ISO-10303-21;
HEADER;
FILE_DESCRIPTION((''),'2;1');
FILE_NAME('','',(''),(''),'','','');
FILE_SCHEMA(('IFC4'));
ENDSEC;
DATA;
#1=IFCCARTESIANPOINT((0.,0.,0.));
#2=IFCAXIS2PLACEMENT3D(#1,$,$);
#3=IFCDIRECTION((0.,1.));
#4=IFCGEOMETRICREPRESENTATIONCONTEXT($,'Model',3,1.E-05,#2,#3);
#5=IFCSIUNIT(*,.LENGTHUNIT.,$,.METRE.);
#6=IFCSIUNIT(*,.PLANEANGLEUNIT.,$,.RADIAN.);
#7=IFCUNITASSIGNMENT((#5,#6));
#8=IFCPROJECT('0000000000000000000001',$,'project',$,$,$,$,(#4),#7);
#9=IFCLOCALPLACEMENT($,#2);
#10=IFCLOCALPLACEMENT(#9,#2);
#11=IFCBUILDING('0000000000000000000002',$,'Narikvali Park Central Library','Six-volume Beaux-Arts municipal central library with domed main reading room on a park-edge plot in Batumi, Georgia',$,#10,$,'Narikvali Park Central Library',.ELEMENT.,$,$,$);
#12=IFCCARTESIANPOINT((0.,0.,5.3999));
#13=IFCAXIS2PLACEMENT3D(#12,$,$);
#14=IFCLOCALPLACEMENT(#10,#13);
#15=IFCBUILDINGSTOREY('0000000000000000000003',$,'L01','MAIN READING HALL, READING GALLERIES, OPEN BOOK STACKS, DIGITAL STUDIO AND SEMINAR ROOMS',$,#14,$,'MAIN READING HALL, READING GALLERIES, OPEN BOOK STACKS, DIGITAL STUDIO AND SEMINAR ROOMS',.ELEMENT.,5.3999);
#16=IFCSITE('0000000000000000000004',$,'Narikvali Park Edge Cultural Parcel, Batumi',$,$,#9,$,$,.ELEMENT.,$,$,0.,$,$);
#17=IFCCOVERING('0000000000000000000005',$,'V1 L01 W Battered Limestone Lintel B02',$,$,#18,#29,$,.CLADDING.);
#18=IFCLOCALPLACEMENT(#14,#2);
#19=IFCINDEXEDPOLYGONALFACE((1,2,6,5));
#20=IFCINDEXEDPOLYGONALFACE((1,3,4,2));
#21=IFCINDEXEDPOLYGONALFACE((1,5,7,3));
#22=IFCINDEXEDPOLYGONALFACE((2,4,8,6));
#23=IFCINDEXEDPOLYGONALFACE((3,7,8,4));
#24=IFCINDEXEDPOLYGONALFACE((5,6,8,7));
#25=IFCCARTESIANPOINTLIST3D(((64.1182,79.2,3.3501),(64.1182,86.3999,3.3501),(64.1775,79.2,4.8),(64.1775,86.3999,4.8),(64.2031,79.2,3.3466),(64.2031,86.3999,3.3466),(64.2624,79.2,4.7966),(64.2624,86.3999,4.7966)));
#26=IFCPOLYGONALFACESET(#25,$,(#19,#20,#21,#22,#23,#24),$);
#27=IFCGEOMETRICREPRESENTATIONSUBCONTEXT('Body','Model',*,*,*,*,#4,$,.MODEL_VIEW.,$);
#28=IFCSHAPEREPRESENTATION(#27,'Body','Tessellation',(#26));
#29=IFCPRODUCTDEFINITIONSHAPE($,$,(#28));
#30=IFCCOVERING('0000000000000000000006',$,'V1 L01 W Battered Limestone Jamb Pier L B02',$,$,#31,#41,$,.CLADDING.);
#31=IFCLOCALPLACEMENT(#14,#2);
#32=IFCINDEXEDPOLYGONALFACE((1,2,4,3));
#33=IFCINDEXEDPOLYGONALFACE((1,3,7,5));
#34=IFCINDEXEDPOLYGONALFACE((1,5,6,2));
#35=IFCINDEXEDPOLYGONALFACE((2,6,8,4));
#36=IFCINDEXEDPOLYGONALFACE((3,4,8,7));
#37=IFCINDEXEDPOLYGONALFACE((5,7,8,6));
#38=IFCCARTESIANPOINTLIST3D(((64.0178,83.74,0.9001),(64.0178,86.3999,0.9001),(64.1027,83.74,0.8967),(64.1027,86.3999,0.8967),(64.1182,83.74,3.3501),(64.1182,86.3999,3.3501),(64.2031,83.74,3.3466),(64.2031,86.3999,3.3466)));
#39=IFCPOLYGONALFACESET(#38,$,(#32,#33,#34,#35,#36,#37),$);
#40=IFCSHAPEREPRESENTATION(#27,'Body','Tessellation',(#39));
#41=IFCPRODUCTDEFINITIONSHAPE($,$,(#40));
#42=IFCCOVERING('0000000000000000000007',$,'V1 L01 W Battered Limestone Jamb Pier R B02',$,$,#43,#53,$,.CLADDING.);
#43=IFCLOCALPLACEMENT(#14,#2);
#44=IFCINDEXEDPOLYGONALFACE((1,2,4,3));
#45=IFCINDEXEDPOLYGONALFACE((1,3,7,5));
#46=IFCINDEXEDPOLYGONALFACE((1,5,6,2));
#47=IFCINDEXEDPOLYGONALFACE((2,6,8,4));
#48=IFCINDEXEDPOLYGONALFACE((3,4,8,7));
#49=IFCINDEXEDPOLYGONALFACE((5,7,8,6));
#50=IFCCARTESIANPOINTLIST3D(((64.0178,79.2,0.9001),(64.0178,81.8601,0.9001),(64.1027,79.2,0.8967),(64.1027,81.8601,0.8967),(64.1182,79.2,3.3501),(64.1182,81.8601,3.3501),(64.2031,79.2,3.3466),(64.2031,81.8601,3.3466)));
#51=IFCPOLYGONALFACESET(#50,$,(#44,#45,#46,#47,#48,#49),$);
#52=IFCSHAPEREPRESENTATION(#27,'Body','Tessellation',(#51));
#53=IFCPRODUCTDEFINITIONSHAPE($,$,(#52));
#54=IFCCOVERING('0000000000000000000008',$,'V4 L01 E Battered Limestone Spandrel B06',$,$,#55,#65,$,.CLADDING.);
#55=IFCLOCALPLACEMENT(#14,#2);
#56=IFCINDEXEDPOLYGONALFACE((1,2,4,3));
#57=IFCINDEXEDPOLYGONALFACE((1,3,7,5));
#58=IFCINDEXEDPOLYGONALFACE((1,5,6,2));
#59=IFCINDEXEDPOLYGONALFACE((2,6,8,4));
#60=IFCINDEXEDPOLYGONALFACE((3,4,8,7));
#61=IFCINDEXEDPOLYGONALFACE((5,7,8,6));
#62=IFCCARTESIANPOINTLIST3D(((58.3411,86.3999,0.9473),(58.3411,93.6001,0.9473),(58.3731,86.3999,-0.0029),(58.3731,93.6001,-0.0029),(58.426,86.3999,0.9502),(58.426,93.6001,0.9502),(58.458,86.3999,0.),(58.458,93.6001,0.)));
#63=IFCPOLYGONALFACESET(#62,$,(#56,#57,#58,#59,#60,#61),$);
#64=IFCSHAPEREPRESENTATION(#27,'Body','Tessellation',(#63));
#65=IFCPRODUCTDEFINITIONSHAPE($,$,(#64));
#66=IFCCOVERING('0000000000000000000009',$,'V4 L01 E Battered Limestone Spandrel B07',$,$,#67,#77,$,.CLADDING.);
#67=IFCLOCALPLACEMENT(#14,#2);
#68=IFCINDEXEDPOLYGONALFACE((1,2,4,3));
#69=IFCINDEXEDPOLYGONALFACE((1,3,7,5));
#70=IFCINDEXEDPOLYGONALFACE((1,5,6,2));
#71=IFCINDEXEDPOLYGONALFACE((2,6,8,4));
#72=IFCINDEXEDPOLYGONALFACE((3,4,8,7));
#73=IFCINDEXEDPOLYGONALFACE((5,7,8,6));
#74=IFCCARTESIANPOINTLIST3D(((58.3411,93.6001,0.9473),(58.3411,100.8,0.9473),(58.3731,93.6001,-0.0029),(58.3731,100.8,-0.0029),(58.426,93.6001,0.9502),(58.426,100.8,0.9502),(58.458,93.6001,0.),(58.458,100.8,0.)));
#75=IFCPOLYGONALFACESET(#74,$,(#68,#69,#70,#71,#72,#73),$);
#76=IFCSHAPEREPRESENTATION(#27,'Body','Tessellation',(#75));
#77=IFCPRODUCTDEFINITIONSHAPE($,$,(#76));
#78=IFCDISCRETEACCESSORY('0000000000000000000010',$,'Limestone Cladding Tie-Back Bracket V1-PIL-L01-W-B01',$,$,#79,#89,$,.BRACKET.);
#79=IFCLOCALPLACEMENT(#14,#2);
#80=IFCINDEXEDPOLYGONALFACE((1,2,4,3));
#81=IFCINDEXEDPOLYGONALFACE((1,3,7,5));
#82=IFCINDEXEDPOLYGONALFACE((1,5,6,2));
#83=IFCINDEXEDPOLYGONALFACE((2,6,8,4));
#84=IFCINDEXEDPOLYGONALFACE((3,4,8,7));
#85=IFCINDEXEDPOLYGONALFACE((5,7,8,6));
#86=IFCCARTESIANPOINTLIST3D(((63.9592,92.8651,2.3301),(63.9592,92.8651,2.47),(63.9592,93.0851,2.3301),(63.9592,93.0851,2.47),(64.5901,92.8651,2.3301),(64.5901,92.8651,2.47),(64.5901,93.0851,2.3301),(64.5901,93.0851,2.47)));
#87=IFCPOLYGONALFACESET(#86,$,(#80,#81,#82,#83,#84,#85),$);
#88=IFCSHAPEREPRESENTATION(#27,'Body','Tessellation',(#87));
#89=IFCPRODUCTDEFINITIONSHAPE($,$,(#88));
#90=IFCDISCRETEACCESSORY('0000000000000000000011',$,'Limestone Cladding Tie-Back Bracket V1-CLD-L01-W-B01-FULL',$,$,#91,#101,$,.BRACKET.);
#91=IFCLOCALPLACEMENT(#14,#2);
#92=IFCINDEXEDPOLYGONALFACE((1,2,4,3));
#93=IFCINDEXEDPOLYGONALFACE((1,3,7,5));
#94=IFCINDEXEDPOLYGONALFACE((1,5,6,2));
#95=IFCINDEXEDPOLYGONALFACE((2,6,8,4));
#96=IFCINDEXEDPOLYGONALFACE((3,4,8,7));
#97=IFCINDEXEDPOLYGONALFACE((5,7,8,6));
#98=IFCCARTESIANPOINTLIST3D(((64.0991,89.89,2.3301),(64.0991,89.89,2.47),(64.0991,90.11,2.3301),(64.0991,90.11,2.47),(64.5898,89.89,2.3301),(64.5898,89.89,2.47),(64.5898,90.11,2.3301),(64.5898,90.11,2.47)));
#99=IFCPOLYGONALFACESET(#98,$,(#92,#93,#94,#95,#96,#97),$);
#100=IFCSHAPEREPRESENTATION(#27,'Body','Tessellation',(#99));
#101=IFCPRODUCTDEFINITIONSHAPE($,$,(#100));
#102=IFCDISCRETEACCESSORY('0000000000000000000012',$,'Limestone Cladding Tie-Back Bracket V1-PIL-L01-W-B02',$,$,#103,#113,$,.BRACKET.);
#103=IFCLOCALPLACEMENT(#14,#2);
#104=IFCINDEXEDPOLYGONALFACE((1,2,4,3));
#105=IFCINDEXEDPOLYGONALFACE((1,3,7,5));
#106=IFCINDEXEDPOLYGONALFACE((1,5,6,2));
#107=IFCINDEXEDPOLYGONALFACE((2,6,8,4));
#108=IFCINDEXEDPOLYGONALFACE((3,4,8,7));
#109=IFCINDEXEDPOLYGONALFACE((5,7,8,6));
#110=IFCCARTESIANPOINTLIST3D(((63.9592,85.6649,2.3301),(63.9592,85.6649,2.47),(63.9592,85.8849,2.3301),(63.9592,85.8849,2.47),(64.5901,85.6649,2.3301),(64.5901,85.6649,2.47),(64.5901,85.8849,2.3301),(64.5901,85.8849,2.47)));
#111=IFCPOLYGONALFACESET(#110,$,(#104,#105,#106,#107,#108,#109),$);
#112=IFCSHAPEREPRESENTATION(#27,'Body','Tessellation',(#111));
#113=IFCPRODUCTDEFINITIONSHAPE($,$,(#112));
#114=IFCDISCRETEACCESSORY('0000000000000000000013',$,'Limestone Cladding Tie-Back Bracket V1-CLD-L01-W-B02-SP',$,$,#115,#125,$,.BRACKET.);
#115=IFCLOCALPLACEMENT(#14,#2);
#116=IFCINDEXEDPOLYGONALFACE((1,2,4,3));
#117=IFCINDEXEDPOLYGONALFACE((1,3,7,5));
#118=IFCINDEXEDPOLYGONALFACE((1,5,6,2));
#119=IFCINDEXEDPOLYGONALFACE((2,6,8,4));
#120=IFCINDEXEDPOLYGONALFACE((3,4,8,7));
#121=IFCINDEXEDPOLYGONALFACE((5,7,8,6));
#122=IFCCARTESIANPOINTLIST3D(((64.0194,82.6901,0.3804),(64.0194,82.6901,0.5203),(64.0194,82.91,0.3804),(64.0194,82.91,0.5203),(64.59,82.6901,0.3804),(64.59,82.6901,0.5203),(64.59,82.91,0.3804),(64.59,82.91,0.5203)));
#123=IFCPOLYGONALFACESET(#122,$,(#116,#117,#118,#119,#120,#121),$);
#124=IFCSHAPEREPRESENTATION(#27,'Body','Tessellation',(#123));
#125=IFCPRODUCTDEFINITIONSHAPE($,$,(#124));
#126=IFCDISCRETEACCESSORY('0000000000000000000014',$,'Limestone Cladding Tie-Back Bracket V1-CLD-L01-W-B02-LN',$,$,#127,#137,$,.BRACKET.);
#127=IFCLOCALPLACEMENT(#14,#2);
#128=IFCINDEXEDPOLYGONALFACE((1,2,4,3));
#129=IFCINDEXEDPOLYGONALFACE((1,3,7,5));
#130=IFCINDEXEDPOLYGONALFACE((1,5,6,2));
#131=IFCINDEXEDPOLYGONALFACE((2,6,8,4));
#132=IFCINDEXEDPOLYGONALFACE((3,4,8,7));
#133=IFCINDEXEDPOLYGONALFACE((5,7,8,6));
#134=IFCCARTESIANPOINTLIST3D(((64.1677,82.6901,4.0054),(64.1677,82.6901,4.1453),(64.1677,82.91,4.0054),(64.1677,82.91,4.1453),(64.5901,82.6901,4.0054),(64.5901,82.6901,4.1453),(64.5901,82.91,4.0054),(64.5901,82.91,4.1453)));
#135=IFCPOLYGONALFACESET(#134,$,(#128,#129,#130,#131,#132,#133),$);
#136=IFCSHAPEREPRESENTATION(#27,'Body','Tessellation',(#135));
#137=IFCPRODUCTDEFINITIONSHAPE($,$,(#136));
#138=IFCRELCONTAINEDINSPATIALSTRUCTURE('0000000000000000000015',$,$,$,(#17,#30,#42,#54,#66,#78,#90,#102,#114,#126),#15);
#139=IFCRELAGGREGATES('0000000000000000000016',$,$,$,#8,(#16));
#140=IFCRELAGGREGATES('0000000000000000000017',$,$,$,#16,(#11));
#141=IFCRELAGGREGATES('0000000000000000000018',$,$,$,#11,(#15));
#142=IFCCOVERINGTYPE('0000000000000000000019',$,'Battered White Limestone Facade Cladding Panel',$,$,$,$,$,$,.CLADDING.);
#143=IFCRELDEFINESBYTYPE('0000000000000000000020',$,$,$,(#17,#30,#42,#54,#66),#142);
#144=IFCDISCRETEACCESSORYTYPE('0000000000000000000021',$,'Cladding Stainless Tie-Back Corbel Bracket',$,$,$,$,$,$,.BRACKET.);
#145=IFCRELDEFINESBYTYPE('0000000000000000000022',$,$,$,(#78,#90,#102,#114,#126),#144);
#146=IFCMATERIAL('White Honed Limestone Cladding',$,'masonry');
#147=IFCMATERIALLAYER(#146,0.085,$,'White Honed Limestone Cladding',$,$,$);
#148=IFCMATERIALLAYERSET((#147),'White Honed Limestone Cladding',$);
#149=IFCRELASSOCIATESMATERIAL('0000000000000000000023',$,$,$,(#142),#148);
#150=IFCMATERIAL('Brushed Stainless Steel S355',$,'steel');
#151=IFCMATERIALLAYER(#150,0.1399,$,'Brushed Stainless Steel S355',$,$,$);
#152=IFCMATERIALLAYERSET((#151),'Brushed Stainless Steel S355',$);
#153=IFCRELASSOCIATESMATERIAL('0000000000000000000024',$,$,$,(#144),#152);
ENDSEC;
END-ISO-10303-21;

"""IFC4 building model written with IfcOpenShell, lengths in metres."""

from ifc_helpers import new_model, si_unit, direction, frame, origin, origin_2d, place, context, subcontext, project, spatial, polyline, rectangle, outline, extrude, material, layer, layer_set, type_object, element, save


model = new_model("IFC4")

# Units and contexts
model_context = context("Model", 3, precision=1e-05, world=origin(), true_north=direction((0.0, 1.0)))
body_context = subcontext(model_context, "Body", "Model", "MODEL_VIEW")
ifc_project = project(units=[si_unit("LENGTHUNIT", "METRE"), si_unit("PLANEANGLEUNIT", "RADIAN")], contexts=[model_context])

# Site, building, storey
site_placement = place(None, origin())
site = spatial("IfcSite", under=ifc_project, at=site_placement, Name="Narikvali Park Edge Cultural Parcel, Batumi", CompositionType="ELEMENT", RefElevation=0.0)
building_placement = place(site_placement, origin())
building = spatial("IfcBuilding", under=site, at=building_placement, Name="Narikvali Park Central Library", Description="Six-volume Beaux-Arts municipal central library with domed main reading room on a park-edge plot in Batumi, Georgia", LongName="Narikvali Park Central Library", CompositionType="ELEMENT")
storey_placement = place(building_placement, frame((0.0, 0.0, 5.3999)))
storey = spatial("IfcBuildingStorey", under=building, at=storey_placement, Name="L01", Description="MAIN READING HALL, READING GALLERIES, OPEN BOOK STACKS, DIGITAL STUDIO AND SEMINAR ROOMS", LongName="MAIN READING HALL, READING GALLERIES, OPEN BOOK STACKS, DIGITAL STUDIO AND SEMINAR ROOMS", CompositionType="ELEMENT", Elevation=5.3999)

# Coverings
ifc_material_1 = material(Name="White Honed Limestone Cladding", Category="masonry")
ifc_layer_1 = layer(ifc_material_1, 0.085, Name="White Honed Limestone Cladding")
ifc_layer_set_1 = layer_set([ifc_layer_1], Name="White Honed Limestone Cladding")
covering_type = type_object("IfcCoveringType", Name="Battered White Limestone Facade Cladding Panel", PredefinedType="CLADDING", material=ifc_layer_set_1)
covering_1_placement = place(storey_placement, frame((64.1182, 86.3999, 3.3501), z_axis=(-0.999164, 0.0, 0.040882), x_axis=(0.0, -1.0, 0.0)))
element("IfcCovering", 1, at=covering_1_placement, inside=storey, type_object=covering_type, Name="V1 L01 W Battered Limestone Lintel B02", PredefinedType="CLADDING", context=body_context, shape_type="SweptSolid", body=[
    extrude(outline(polyline([(0.0, 0.0), (7.2, 0.0), (7.2, 1.4512), (0.0, 1.4512), (0.0, 0.0)])), origin(), (0.0, 0.0, -1.0), 0.085),
])
covering_2_placement = place(storey_placement, frame((64.0178, 86.3999, 0.9001), z_axis=(-0.999162, 0.0, 0.040922), x_axis=(0.0, -1.0, 0.0)))
element("IfcCovering", 2, at=covering_2_placement, inside=storey, type_object=covering_type, Name="V1 L01 W Battered Limestone Jamb Pier L B02", PredefinedType="CLADDING", context=body_context, shape_type="SweptSolid", body=[
    extrude(outline(polyline([(0.0, 0.0), (2.6599, 0.0), (2.6599, 2.452), (0.0, 2.452), (0.0, 0.0)])), origin(), (0.0, 0.0, -1.0), 0.085),
])
covering_3_placement = place(storey_placement, frame((64.0178, 81.8601, 0.9001), z_axis=(-0.999162, 0.0, 0.040922), x_axis=(0.0, -1.0, 0.0)))
element("IfcCovering", 3, at=covering_3_placement, inside=storey, type_object=covering_type, Name="V1 L01 W Battered Limestone Jamb Pier R B02", PredefinedType="CLADDING", context=body_context, shape_type="SweptSolid", body=[
    extrude(outline(polyline([(0.0, 0.0), (2.6602, 0.0), (2.6602, 2.452), (0.0, 2.452), (0.0, 0.0)])), origin(), (0.0, 0.0, -1.0), 0.085),
])
covering_4_placement = place(storey_placement, frame((58.458, 86.3999, 0.0), z_axis=(0.999434, 0.0, 0.03364), x_axis=(0.0, 1.0, 0.0)))
element("IfcCovering", 4, at=covering_4_placement, inside=storey, type_object=covering_type, Name="V4 L01 E Battered Limestone Spandrel B06", PredefinedType="CLADDING", context=body_context, shape_type="SweptSolid", body=[
    extrude(outline(polyline([(0.0, 0.0), (7.2002, 0.0), (7.2002, 0.9507), (0.0, 0.9507), (0.0, 0.0)])), origin(), (0.0, 0.0, -1.0), 0.085),
])
covering_5_placement = place(storey_placement, frame((58.458, 93.6001, 0.0), z_axis=(0.999434, 0.0, 0.03364), x_axis=(0.0, 1.0, 0.0)))
element("IfcCovering", 5, at=covering_5_placement, inside=storey, type_object=covering_type, Name="V4 L01 E Battered Limestone Spandrel B07", PredefinedType="CLADDING", context=body_context, shape_type="SweptSolid", body=[
    extrude(outline(polyline([(0.0, 0.0), (7.2, 0.0), (7.2, 0.9507), (0.0, 0.9507), (0.0, 0.0)])), origin(), (0.0, 0.0, -1.0), 0.085),
])

# Discrete accessories
ifc_material_2 = material(Name="Brushed Stainless Steel S355", Category="steel")
ifc_layer_2 = layer(ifc_material_2, 0.1399, Name="Brushed Stainless Steel S355")
ifc_layer_set_2 = layer_set([ifc_layer_2], Name="Brushed Stainless Steel S355")
discrete_accessory_type = type_object("IfcDiscreteAccessoryType", Name="Cladding Stainless Tie-Back Corbel Bracket", PredefinedType="BRACKET", material=ifc_layer_set_2)
discrete_accessory_1_placement = place(storey_placement, frame((64.2747, 92.9751, 2.3301), z_axis=(0.0, 0.0, 1.0), x_axis=(1.0, 0.0, 0.0)))
element("IfcDiscreteAccessory", 6, at=discrete_accessory_1_placement, inside=storey, type_object=discrete_accessory_type, Name="Limestone Cladding Tie-Back Bracket V1-PIL-L01-W-B01", PredefinedType="BRACKET", context=body_context, shape_type="SweptSolid", body=[
    extrude(rectangle(XDim=0.6309, YDim=0.22, at=origin_2d()), origin(), (0.0, 0.0, 1.0), 0.1399),
])
discrete_accessory_2_placement = place(storey_placement, frame((64.3445, 90.0, 2.3301), z_axis=(0.0, 0.0, 1.0), x_axis=(1.0, 0.0, 0.0)))
element("IfcDiscreteAccessory", 7, at=discrete_accessory_2_placement, inside=storey, type_object=discrete_accessory_type, Name="Limestone Cladding Tie-Back Bracket V1-CLD-L01-W-B01-FULL", PredefinedType="BRACKET", context=body_context, shape_type="SweptSolid", body=[
    extrude(rectangle(XDim=0.4907, YDim=0.22, at=origin_2d()), origin(), (0.0, 0.0, 1.0), 0.1399),
])
discrete_accessory_3_placement = place(storey_placement, frame((64.2747, 85.7749, 2.3301), z_axis=(0.0, 0.0, 1.0), x_axis=(1.0, 0.0, 0.0)))
element("IfcDiscreteAccessory", 8, at=discrete_accessory_3_placement, inside=storey, type_object=discrete_accessory_type, Name="Limestone Cladding Tie-Back Bracket V1-PIL-L01-W-B02", PredefinedType="BRACKET", context=body_context, shape_type="SweptSolid", body=[
    extrude(rectangle(XDim=0.6309, YDim=0.22, at=origin_2d()), origin(), (0.0, 0.0, 1.0), 0.1399),
])
discrete_accessory_4_placement = place(storey_placement, frame((64.3047, 82.8, 0.3804), z_axis=(0.0, 0.0, 1.0), x_axis=(1.0, 0.0, 0.0)))
element("IfcDiscreteAccessory", 9, at=discrete_accessory_4_placement, inside=storey, type_object=discrete_accessory_type, Name="Limestone Cladding Tie-Back Bracket V1-CLD-L01-W-B02-SP", PredefinedType="BRACKET", context=body_context, shape_type="SweptSolid", body=[
    extrude(rectangle(XDim=0.5706, YDim=0.22, at=origin_2d()), origin(), (0.0, 0.0, 1.0), 0.1399),
])
discrete_accessory_5_placement = place(storey_placement, frame((64.3789, 82.8, 4.0054), z_axis=(0.0, 0.0, 1.0), x_axis=(1.0, 0.0, 0.0)))
element("IfcDiscreteAccessory", 10, at=discrete_accessory_5_placement, inside=storey, type_object=discrete_accessory_type, Name="Limestone Cladding Tie-Back Bracket V1-CLD-L01-W-B02-LN", PredefinedType="BRACKET", context=body_context, shape_type="SweptSolid", body=[
    extrude(rectangle(XDim=0.4224, YDim=0.22, at=origin_2d()), origin(), (0.0, 0.0, 1.0), 0.1399),
])

save(model, "model.ifc")
